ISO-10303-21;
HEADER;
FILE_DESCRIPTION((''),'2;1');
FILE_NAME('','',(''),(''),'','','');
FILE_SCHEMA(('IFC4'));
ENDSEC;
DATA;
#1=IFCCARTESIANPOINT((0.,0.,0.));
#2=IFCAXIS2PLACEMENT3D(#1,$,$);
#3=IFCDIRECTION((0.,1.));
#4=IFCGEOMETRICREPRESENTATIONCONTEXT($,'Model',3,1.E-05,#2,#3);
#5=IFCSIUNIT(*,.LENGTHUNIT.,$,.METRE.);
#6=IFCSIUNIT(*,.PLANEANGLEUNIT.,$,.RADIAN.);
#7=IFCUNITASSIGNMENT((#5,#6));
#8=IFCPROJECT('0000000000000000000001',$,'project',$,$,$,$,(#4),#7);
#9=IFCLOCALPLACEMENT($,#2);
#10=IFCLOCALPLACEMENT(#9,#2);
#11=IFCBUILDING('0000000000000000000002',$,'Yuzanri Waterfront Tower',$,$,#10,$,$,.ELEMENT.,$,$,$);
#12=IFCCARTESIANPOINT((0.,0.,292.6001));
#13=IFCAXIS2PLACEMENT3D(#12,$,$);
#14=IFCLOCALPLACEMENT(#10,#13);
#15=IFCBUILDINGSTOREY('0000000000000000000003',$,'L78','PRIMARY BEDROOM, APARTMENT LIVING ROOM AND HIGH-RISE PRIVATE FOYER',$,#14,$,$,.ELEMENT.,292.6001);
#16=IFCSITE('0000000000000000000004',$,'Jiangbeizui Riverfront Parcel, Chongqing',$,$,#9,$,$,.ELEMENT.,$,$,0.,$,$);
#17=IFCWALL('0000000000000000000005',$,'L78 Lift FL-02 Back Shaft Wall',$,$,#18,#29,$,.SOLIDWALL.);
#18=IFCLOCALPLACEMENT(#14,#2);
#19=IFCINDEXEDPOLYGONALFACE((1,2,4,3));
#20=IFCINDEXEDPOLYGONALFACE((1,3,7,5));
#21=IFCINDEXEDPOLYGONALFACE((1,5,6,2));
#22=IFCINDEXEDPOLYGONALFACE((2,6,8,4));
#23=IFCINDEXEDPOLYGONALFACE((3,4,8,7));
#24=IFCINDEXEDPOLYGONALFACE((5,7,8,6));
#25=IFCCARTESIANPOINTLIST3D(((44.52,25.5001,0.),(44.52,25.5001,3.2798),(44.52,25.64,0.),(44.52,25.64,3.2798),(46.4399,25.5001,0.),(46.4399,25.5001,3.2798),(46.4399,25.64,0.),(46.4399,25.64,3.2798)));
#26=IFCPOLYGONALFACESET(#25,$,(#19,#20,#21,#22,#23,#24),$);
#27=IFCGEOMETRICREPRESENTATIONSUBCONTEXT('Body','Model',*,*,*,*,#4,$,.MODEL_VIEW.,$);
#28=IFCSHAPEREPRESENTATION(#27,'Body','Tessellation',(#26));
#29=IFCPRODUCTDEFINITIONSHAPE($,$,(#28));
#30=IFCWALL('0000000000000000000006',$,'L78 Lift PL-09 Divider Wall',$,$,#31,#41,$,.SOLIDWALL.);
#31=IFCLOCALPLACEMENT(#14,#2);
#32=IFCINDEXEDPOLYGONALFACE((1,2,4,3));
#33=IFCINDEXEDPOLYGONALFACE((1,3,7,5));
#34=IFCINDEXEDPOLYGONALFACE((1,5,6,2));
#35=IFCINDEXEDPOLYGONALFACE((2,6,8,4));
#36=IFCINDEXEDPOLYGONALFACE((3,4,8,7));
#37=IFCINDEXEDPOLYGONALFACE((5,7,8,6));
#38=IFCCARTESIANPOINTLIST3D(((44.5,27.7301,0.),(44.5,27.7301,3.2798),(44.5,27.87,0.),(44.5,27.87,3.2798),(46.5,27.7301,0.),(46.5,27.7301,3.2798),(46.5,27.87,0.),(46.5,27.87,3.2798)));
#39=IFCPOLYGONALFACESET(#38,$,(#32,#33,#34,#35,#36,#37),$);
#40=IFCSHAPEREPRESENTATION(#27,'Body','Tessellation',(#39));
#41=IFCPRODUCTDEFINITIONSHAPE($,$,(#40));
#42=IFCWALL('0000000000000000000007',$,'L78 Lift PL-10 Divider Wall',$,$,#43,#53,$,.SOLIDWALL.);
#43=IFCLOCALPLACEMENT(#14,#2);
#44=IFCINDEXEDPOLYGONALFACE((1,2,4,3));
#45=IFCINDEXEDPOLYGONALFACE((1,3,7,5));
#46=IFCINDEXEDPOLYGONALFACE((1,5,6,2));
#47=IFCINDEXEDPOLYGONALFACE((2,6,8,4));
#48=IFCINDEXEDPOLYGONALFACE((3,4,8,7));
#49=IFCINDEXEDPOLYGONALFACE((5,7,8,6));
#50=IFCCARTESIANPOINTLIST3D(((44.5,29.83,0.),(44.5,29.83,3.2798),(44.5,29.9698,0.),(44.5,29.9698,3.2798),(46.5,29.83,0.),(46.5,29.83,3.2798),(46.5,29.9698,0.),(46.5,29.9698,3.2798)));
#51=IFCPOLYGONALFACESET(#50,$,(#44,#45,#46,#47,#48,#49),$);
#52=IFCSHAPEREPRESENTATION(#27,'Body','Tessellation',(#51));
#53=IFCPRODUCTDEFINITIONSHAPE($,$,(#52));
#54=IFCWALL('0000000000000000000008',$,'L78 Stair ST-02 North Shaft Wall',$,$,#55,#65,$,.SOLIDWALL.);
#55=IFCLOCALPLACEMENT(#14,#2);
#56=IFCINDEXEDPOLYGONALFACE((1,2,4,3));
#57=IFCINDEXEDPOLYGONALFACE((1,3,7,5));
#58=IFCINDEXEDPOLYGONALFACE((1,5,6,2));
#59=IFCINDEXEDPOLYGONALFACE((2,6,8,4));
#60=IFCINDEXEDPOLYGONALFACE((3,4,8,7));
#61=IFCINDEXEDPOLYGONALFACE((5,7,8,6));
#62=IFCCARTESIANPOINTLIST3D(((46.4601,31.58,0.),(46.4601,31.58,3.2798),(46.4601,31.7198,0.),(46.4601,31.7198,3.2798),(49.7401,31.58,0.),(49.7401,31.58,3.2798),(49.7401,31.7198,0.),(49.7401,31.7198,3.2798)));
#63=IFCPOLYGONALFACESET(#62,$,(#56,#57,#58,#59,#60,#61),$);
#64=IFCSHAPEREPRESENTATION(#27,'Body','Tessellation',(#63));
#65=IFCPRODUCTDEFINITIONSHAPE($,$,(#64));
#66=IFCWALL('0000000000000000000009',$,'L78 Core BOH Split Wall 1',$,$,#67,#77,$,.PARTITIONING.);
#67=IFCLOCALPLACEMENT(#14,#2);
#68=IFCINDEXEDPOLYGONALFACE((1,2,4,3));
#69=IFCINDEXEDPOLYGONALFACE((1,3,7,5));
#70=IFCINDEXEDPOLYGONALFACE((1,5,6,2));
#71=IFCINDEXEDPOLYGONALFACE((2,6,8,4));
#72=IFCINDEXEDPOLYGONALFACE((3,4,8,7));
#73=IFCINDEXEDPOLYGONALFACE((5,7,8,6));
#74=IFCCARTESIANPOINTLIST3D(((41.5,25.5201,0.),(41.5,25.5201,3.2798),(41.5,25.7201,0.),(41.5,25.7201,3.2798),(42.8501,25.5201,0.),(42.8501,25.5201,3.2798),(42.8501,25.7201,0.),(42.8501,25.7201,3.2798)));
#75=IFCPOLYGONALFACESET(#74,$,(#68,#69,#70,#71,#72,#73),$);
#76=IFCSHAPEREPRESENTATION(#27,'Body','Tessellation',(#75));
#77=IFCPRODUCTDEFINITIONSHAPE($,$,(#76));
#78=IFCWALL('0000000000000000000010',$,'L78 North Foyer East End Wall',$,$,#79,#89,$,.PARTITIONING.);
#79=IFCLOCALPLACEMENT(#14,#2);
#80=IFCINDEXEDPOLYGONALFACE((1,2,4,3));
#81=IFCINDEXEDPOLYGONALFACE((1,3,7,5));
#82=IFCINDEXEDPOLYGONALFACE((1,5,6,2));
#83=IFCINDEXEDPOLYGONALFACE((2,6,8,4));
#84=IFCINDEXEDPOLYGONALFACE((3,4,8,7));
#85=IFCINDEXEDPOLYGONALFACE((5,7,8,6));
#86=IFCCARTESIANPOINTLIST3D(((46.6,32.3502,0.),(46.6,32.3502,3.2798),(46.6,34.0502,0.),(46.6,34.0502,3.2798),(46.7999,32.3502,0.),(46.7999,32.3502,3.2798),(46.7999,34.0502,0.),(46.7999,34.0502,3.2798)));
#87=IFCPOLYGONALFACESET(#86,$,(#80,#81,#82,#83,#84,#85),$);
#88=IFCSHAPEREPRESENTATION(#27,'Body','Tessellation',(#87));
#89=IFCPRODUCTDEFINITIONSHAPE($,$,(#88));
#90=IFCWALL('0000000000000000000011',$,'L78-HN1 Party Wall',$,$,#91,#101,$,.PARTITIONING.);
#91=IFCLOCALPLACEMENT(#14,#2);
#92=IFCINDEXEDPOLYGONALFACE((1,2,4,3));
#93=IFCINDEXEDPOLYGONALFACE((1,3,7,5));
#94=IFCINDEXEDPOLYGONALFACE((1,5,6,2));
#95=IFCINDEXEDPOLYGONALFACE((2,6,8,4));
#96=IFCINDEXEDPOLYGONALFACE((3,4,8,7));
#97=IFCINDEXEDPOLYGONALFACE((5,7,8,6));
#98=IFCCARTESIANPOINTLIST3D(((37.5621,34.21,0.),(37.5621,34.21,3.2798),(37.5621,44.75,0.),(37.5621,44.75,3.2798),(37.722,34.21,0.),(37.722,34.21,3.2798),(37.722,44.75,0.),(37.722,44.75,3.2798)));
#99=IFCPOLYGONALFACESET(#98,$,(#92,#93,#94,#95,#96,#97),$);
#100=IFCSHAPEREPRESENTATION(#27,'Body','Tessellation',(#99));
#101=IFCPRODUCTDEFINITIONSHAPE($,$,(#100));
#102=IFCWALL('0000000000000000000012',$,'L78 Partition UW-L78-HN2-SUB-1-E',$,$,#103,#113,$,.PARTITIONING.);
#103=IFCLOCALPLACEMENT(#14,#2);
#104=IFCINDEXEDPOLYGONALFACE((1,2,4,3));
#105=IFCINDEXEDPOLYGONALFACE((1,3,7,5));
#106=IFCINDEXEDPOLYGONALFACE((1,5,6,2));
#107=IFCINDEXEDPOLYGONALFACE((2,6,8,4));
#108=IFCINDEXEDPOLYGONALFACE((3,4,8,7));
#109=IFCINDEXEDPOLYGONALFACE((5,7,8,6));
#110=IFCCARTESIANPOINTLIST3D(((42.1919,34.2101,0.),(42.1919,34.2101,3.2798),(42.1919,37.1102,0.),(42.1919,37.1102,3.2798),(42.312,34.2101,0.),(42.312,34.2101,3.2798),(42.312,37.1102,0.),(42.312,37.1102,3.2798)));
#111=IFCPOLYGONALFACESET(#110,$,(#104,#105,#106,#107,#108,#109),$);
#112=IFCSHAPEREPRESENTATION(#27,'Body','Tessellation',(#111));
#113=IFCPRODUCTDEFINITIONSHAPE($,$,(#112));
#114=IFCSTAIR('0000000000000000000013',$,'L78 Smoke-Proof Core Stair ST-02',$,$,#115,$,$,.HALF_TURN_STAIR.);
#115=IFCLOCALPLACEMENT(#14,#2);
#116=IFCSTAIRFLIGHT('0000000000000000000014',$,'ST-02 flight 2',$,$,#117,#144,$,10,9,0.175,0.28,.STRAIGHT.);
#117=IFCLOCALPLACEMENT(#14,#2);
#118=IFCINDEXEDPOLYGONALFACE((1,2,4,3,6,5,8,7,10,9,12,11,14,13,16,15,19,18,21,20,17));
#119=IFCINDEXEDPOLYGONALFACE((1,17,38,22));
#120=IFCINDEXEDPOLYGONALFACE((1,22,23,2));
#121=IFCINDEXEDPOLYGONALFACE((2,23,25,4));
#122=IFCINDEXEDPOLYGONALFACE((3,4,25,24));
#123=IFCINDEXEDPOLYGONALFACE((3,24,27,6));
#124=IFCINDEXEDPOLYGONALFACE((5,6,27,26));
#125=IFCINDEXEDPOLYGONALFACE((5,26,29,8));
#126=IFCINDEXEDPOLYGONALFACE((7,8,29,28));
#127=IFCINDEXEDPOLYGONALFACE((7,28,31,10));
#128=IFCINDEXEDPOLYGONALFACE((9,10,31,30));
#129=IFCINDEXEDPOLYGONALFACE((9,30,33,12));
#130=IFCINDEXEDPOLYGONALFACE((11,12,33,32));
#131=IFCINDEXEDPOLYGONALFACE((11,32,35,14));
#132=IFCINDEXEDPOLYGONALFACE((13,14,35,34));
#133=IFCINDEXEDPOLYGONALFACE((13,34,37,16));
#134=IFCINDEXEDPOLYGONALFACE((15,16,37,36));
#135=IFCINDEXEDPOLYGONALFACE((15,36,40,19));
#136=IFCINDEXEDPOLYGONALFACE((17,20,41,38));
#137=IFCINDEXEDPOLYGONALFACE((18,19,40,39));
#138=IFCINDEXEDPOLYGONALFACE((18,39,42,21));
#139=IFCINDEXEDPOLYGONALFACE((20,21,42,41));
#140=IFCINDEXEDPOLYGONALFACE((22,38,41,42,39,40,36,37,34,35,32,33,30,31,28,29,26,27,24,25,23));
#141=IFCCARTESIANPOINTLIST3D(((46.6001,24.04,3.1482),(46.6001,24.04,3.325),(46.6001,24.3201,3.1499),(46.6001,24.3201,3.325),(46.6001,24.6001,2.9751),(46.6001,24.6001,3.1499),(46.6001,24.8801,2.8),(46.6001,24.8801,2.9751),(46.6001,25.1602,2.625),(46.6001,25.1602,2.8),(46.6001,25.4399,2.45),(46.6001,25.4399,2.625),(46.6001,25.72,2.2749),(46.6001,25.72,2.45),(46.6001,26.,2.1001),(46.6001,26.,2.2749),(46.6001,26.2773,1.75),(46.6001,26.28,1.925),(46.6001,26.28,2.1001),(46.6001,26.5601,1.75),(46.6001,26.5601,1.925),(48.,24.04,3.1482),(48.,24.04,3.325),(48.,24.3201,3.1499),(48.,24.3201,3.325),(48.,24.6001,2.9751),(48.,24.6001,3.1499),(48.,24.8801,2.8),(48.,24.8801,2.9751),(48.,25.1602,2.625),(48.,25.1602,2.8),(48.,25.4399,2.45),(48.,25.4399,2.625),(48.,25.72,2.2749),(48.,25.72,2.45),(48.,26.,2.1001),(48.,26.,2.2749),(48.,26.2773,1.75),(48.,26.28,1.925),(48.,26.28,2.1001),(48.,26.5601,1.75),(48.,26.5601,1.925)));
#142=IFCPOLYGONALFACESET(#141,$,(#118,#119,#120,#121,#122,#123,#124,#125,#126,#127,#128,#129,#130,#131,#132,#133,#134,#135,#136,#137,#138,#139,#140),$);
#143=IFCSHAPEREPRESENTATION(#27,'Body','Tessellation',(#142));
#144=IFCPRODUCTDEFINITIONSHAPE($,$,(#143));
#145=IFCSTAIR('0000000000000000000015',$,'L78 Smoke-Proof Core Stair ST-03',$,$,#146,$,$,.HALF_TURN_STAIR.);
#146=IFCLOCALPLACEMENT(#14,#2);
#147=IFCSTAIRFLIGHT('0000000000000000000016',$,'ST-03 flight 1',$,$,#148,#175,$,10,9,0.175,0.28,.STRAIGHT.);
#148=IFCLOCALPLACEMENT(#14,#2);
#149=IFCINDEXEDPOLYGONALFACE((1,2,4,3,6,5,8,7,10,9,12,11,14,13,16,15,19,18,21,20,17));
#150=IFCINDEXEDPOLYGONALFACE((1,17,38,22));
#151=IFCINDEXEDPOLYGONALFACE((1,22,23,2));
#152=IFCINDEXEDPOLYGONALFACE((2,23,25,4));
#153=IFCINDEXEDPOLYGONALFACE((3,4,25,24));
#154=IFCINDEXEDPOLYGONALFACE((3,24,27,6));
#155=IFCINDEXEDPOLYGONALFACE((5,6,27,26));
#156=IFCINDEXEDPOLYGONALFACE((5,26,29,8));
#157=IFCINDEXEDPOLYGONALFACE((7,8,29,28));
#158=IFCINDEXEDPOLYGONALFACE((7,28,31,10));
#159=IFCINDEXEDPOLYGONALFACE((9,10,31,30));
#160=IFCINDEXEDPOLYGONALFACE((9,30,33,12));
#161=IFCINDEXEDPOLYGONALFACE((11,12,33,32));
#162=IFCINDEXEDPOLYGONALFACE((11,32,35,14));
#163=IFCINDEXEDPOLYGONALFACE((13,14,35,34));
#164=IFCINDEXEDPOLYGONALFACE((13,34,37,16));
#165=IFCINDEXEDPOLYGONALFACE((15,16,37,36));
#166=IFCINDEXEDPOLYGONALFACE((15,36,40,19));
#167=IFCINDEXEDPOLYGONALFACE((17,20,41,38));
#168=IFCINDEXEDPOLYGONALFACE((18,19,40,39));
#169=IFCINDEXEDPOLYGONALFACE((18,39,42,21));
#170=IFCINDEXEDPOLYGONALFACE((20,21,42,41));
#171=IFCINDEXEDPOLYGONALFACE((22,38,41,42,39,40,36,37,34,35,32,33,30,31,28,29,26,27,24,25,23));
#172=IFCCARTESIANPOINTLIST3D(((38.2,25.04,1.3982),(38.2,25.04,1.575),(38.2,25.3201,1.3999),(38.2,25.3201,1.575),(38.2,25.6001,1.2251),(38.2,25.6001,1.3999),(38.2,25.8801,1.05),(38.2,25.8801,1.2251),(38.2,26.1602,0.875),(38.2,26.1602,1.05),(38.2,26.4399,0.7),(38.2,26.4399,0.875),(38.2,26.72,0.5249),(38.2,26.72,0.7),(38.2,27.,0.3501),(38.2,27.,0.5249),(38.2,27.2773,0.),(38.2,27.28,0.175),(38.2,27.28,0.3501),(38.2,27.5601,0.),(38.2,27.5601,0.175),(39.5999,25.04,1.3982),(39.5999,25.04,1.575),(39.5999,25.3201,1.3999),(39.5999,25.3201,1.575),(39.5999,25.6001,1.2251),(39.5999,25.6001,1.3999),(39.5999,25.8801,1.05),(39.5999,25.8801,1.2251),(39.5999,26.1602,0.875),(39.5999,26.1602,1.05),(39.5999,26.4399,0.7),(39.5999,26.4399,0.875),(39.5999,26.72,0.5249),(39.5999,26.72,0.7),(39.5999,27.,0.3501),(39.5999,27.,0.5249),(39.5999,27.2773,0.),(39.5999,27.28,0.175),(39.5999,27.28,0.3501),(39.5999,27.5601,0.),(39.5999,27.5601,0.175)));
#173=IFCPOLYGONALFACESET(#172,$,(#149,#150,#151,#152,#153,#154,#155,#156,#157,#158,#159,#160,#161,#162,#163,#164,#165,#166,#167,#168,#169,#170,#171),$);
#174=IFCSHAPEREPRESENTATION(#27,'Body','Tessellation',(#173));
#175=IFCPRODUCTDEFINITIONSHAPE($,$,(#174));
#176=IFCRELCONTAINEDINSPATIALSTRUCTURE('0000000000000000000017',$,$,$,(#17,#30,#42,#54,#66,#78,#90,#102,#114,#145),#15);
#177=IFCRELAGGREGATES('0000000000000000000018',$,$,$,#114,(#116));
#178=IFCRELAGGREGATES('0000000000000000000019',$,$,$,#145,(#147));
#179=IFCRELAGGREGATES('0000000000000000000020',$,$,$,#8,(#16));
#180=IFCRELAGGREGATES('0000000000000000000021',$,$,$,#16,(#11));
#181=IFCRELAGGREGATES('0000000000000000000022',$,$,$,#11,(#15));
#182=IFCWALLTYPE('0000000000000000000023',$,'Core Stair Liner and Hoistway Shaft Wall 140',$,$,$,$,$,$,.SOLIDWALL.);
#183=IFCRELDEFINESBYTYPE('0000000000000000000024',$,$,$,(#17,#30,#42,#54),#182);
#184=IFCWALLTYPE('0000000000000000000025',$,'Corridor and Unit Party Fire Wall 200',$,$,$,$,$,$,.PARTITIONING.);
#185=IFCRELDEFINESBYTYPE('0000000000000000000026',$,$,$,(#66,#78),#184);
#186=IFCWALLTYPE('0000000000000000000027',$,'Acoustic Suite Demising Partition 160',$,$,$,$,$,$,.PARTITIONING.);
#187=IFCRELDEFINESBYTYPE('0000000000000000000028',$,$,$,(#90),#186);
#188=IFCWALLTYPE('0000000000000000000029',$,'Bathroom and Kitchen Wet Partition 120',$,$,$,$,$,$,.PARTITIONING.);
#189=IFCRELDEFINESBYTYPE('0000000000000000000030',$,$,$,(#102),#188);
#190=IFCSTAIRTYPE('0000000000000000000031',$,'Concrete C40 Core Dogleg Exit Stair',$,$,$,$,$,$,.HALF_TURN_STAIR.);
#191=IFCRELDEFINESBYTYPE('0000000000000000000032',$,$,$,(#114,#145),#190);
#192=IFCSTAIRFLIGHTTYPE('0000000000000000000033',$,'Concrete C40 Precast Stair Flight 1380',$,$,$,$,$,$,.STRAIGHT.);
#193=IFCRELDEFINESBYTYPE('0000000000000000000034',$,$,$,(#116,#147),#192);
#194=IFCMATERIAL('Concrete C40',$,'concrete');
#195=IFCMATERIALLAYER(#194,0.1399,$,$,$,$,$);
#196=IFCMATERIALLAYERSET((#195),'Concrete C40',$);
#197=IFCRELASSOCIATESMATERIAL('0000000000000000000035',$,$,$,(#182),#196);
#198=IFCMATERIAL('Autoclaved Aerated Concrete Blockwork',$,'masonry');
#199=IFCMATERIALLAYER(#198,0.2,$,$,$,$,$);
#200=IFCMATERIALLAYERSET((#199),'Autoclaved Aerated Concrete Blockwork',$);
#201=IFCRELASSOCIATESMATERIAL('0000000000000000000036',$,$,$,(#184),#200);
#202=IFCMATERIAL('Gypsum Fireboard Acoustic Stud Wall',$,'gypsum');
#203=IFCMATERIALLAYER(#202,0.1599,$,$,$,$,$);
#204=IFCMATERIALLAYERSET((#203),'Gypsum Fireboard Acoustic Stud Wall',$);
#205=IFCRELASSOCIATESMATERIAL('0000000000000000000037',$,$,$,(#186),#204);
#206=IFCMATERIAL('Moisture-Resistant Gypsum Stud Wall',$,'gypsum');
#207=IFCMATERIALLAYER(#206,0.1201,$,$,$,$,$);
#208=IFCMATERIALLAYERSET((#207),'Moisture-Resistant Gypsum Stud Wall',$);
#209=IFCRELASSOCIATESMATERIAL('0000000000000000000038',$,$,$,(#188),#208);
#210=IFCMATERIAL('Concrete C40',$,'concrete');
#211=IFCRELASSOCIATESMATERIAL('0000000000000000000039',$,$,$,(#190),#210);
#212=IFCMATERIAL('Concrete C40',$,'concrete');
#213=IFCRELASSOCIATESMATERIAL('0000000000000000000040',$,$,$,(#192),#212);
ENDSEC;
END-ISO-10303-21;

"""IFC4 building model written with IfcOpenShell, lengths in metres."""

from ifc_helpers import new_model, si_unit, direction, frame, frame_2d, origin, place, context, subcontext, project, spatial, polyline, rectangle, outline, extrude, source, transform, mapped, material, layer, layer_set, type_object, element, aggregate, save


model = new_model("IFC4")

# Units and contexts
model_context = context("Model", 3, precision=1e-05, world=origin(), true_north=direction((0.0, 1.0)))
body_context = subcontext(model_context, "Body", "Model", "MODEL_VIEW")
ifc_project = project(units=[si_unit("LENGTHUNIT", "METRE"), si_unit("PLANEANGLEUNIT", "RADIAN")], contexts=[model_context])

# Site, building, storey
site_placement = place(None, origin())
site = spatial("IfcSite", under=ifc_project, at=site_placement, Name="Jiangbeizui Riverfront Parcel, Chongqing", CompositionType="ELEMENT", RefElevation=0.0)
building_placement = place(site_placement, origin())
building = spatial("IfcBuilding", under=site, at=building_placement, Name="Yuzanri Waterfront Tower", CompositionType="ELEMENT")
storey_placement = place(building_placement, frame((0.0, 0.0, 292.6001)))
storey = spatial("IfcBuildingStorey", under=building, at=storey_placement, Name="L78", Description="PRIMARY BEDROOM, APARTMENT LIVING ROOM AND HIGH-RISE PRIVATE FOYER", CompositionType="ELEMENT", Elevation=292.6001)

# Shared definitions
ifc_material_1 = material(Name="Concrete C40", Category="concrete")
ifc_layer_1 = layer(ifc_material_1, 0.1399)
ifc_layer_set_1 = layer_set([ifc_layer_1], Name="Concrete C40")
wall_type_1 = type_object("IfcWallType", Name="Core Stair Liner and Hoistway Shaft Wall 140", PredefinedType="SOLIDWALL", material=ifc_layer_set_1)
ifc_material_2 = material(Name="Autoclaved Aerated Concrete Blockwork", Category="masonry")
ifc_layer_2 = layer(ifc_material_2, 0.2)
ifc_layer_set_2 = layer_set([ifc_layer_2], Name="Autoclaved Aerated Concrete Blockwork")
wall_type_2 = type_object("IfcWallType", Name="Corridor and Unit Party Fire Wall 200", PredefinedType="PARTITIONING", material=ifc_layer_set_2)

# Walls
shared_shape_1 = source(origin(), body_context, "Body", "SweptSolid", [
    extrude(rectangle(XDim=1.9199, YDim=0.1399, at=frame_2d((0.96, 0.0))), origin(), (0.0, 0.0, 1.0), 3.2798),
])
wall_1_placement = place(storey_placement, frame((44.52, 25.5701, 0.0), z_axis=(0.0, 0.0, 1.0), x_axis=(1.0, 0.0, 0.0)))
element("IfcWall", 1, at=wall_1_placement, inside=storey, type_object=wall_type_1, Name="L78 Lift FL-02 Back Shaft Wall", PredefinedType="SOLIDWALL", context=body_context, shape_type="MappedRepresentation", body=[
    mapped(shared_shape_1, transform((0.0, 0.0, 0.0), scale=1.0)),
])
shared_shape_2 = source(origin(), body_context, "Body", "SweptSolid", [
    extrude(rectangle(XDim=2.0, YDim=0.1399, at=frame_2d((1.0, 0.0))), origin(), (0.0, 0.0, 1.0), 3.2798),
])
for number, where, z_axis, x_axis, name in (
    (2, (44.5, 27.8, 0.0), (0.0, 0.0, 1.0), (1.0, 0.0, 0.0), "L78 Lift PL-09 Divider Wall"),
    (3, (44.5, 29.8999, 0.0), (0.0, 0.0, 1.0), (1.0, 0.0, 0.0), "L78 Lift PL-10 Divider Wall"),
):
    element("IfcWall", number, at=place(storey_placement, frame(where, z_axis=z_axis, x_axis=x_axis)), inside=storey, type_object=wall_type_1, Name=name, PredefinedType="SOLIDWALL", context=body_context, shape_type="MappedRepresentation", body=[
        mapped(shared_shape_2, transform((0.0, 0.0, 0.0), scale=1.0)),
    ])
shared_shape_3 = source(origin(), body_context, "Body", "SweptSolid", [
    extrude(rectangle(XDim=3.28, YDim=0.1399, at=frame_2d((1.6401, 0.0))), origin(), (0.0, 0.0, 1.0), 3.2798),
])
wall_2_placement = place(storey_placement, frame((46.46, 31.6499, 0.0), z_axis=(0.0, 0.0, 1.0), x_axis=(1.0, 0.0, 0.0)))
element("IfcWall", 4, at=wall_2_placement, inside=storey, type_object=wall_type_1, Name="L78 Stair ST-02 North Shaft Wall", PredefinedType="SOLIDWALL", context=body_context, shape_type="MappedRepresentation", body=[
    mapped(shared_shape_3, transform((0.0, 0.0, 0.0), scale=1.0)),
])
shared_shape_4 = source(origin(), body_context, "Body", "SweptSolid", [
    extrude(rectangle(XDim=1.3501, YDim=0.2, at=frame_2d((0.675, 0.0))), origin(), (0.0, 0.0, 1.0), 3.2798),
])
wall_3_placement = place(storey_placement, frame((41.5, 25.6201, 0.0), z_axis=(0.0, 0.0, 1.0), x_axis=(1.0, 0.0, 0.0)))
element("IfcWall", 5, at=wall_3_placement, inside=storey, type_object=wall_type_2, Name="L78 Core BOH Split Wall 1", PredefinedType="PARTITIONING", context=body_context, shape_type="MappedRepresentation", body=[
    mapped(shared_shape_4, transform((0.0, 0.0, 0.0), scale=1.0)),
])
shared_shape_5 = source(origin(), body_context, "Body", "SweptSolid", [
    extrude(rectangle(XDim=1.7, YDim=0.2, at=frame_2d((0.8501, 0.0))), origin(), (0.0, 0.0, 1.0), 3.2798),
])
wall_4_placement = place(storey_placement, frame((46.7, 32.3501, 0.0), z_axis=(0.0, 0.0, 1.0), x_axis=(0.0, 1.0, 0.0)))
element("IfcWall", 6, at=wall_4_placement, inside=storey, type_object=wall_type_2, Name="L78 North Foyer East End Wall", PredefinedType="PARTITIONING", context=body_context, shape_type="MappedRepresentation", body=[
    mapped(shared_shape_5, transform((0.0, 0.0, 0.0), scale=1.0)),
])
ifc_material_3 = material(Name="Gypsum Fireboard Acoustic Stud Wall", Category="gypsum")
ifc_layer_3 = layer(ifc_material_3, 0.1599)
ifc_layer_set_3 = layer_set([ifc_layer_3], Name="Gypsum Fireboard Acoustic Stud Wall")
wall_type_3 = type_object("IfcWallType", Name="Acoustic Suite Demising Partition 160", PredefinedType="PARTITIONING", material=ifc_layer_set_3)
shared_shape_6 = source(origin(), body_context, "Body", "SweptSolid", [
    extrude(rectangle(XDim=10.54, YDim=0.1599, at=frame_2d((5.27, 0.0))), origin(), (0.0, 0.0, 1.0), 3.2798),
])
wall_5_placement = place(storey_placement, frame((37.6421, 34.21, 0.0), z_axis=(0.0, 0.0, 1.0), x_axis=(0.0, 1.0, 0.0)))
element("IfcWall", 7, at=wall_5_placement, inside=storey, type_object=wall_type_3, Name="L78-HN1 Party Wall", PredefinedType="PARTITIONING", context=body_context, shape_type="MappedRepresentation", body=[
    mapped(shared_shape_6, transform((0.0, 0.0, 0.0), scale=1.0)),
])
ifc_material_4 = material(Name="Moisture-Resistant Gypsum Stud Wall", Category="gypsum")
ifc_layer_4 = layer(ifc_material_4, 0.1201)
ifc_layer_set_4 = layer_set([ifc_layer_4], Name="Moisture-Resistant Gypsum Stud Wall")
wall_type_4 = type_object("IfcWallType", Name="Bathroom and Kitchen Wet Partition 120", PredefinedType="PARTITIONING", material=ifc_layer_set_4)
shared_shape_7 = source(origin(), body_context, "Body", "SweptSolid", [
    extrude(rectangle(XDim=2.9001, YDim=0.1201, at=frame_2d((1.4502, 0.0))), origin(), (0.0, 0.0, 1.0), 3.2798),
])
wall_6_placement = place(storey_placement, frame((42.252, 34.21, 0.0), z_axis=(0.0, 0.0, 1.0), x_axis=(0.0, 1.0, 0.0)))
element("IfcWall", 8, at=wall_6_placement, inside=storey, type_object=wall_type_4, Name="L78 Partition UW-L78-HN2-SUB-1-E", PredefinedType="PARTITIONING", context=body_context, shape_type="MappedRepresentation", body=[
    mapped(shared_shape_7, transform((0.0, 0.0, 0.0), scale=1.0)),
])

# Stairs, stair flights
ifc_material_5 = material(Name="Concrete C40", Category="concrete")
stair_type = type_object("IfcStairType", Name="Concrete C40 Core Dogleg Exit Stair", PredefinedType="HALF_TURN_STAIR", material=ifc_material_5)
stair_1_placement = place(storey_placement, origin())
stair_1 = element("IfcStair", 9, at=stair_1_placement, inside=storey, type_object=stair_type, Name="L78 Smoke-Proof Core Stair ST-02", PredefinedType="HALF_TURN_STAIR")
ifc_material_6 = material(Name="Concrete C40", Category="concrete")
stair_flight_type = type_object("IfcStairFlightType", Name="Concrete C40 Precast Stair Flight 1380", PredefinedType="STRAIGHT", material=ifc_material_6)
shared_shape_8 = source(origin(), body_context, "Body", "SweptSolid", [
    extrude(outline(polyline([(0.0, 0.0), (0.0, 0.175), (0.28, 0.175), (0.28, 0.3501), (0.5601, 0.3501), (0.5601, 0.5249), (0.8401, 0.5249), (0.8401, 0.7), (1.1201, 0.7), (1.1201, 0.875), (1.3999, 0.875), (1.3999, 1.05), (1.6799, 1.05), (1.6799, 1.2251), (1.96, 1.2251), (1.96, 1.3999), (2.24, 1.3999), (2.24, 1.575), (2.52, 1.575), (2.52, 1.75), (2.52, 1.3982), (0.2827, 0.0), (0.0, 0.0)])), frame((0.0, 0.7, 0.0), z_axis=(0.0, -1.0, 0.0), x_axis=(1.0, 0.0, 0.0)), (0.0, 0.0, 1.0), 1.3999),
])
stair_flight_1_placement = place(storey_placement, frame((47.3, 26.5601, 1.75), z_axis=(0.0, 0.0, 1.0), x_axis=(0.0, -1.0, 0.0)))
stair_flight_1 = element("IfcStairFlight", 10, at=stair_flight_1_placement, type_object=stair_flight_type, Name="ST-02 flight 2", NumberOfRisers=10, NumberOfTreads=9, PredefinedType="STRAIGHT", RiserHeight=0.175, TreadLength=0.28, context=body_context, shape_type="MappedRepresentation", body=[
    mapped(shared_shape_8, transform((0.0, 0.0, 0.0), scale=1.0)),
])
aggregate(stair_1, [stair_flight_1])
stair_2_placement = place(storey_placement, origin())
stair_2 = element("IfcStair", 11, at=stair_2_placement, inside=storey, type_object=stair_type, Name="L78 Smoke-Proof Core Stair ST-03", PredefinedType="HALF_TURN_STAIR")
stair_flight_2_placement = place(storey_placement, frame((38.8999, 27.5601, 0.0), z_axis=(0.0, 0.0, 1.0), x_axis=(0.0, -1.0, 0.0)))
stair_flight_2 = element("IfcStairFlight", 12, at=stair_flight_2_placement, type_object=stair_flight_type, Name="ST-03 flight 1", NumberOfRisers=10, NumberOfTreads=9, PredefinedType="STRAIGHT", RiserHeight=0.175, TreadLength=0.28, context=body_context, shape_type="MappedRepresentation", body=[
    mapped(shared_shape_8, transform((0.0, 0.0, 0.0), scale=1.0)),
])
aggregate(stair_2, [stair_flight_2])

save(model, "model.ifc")
